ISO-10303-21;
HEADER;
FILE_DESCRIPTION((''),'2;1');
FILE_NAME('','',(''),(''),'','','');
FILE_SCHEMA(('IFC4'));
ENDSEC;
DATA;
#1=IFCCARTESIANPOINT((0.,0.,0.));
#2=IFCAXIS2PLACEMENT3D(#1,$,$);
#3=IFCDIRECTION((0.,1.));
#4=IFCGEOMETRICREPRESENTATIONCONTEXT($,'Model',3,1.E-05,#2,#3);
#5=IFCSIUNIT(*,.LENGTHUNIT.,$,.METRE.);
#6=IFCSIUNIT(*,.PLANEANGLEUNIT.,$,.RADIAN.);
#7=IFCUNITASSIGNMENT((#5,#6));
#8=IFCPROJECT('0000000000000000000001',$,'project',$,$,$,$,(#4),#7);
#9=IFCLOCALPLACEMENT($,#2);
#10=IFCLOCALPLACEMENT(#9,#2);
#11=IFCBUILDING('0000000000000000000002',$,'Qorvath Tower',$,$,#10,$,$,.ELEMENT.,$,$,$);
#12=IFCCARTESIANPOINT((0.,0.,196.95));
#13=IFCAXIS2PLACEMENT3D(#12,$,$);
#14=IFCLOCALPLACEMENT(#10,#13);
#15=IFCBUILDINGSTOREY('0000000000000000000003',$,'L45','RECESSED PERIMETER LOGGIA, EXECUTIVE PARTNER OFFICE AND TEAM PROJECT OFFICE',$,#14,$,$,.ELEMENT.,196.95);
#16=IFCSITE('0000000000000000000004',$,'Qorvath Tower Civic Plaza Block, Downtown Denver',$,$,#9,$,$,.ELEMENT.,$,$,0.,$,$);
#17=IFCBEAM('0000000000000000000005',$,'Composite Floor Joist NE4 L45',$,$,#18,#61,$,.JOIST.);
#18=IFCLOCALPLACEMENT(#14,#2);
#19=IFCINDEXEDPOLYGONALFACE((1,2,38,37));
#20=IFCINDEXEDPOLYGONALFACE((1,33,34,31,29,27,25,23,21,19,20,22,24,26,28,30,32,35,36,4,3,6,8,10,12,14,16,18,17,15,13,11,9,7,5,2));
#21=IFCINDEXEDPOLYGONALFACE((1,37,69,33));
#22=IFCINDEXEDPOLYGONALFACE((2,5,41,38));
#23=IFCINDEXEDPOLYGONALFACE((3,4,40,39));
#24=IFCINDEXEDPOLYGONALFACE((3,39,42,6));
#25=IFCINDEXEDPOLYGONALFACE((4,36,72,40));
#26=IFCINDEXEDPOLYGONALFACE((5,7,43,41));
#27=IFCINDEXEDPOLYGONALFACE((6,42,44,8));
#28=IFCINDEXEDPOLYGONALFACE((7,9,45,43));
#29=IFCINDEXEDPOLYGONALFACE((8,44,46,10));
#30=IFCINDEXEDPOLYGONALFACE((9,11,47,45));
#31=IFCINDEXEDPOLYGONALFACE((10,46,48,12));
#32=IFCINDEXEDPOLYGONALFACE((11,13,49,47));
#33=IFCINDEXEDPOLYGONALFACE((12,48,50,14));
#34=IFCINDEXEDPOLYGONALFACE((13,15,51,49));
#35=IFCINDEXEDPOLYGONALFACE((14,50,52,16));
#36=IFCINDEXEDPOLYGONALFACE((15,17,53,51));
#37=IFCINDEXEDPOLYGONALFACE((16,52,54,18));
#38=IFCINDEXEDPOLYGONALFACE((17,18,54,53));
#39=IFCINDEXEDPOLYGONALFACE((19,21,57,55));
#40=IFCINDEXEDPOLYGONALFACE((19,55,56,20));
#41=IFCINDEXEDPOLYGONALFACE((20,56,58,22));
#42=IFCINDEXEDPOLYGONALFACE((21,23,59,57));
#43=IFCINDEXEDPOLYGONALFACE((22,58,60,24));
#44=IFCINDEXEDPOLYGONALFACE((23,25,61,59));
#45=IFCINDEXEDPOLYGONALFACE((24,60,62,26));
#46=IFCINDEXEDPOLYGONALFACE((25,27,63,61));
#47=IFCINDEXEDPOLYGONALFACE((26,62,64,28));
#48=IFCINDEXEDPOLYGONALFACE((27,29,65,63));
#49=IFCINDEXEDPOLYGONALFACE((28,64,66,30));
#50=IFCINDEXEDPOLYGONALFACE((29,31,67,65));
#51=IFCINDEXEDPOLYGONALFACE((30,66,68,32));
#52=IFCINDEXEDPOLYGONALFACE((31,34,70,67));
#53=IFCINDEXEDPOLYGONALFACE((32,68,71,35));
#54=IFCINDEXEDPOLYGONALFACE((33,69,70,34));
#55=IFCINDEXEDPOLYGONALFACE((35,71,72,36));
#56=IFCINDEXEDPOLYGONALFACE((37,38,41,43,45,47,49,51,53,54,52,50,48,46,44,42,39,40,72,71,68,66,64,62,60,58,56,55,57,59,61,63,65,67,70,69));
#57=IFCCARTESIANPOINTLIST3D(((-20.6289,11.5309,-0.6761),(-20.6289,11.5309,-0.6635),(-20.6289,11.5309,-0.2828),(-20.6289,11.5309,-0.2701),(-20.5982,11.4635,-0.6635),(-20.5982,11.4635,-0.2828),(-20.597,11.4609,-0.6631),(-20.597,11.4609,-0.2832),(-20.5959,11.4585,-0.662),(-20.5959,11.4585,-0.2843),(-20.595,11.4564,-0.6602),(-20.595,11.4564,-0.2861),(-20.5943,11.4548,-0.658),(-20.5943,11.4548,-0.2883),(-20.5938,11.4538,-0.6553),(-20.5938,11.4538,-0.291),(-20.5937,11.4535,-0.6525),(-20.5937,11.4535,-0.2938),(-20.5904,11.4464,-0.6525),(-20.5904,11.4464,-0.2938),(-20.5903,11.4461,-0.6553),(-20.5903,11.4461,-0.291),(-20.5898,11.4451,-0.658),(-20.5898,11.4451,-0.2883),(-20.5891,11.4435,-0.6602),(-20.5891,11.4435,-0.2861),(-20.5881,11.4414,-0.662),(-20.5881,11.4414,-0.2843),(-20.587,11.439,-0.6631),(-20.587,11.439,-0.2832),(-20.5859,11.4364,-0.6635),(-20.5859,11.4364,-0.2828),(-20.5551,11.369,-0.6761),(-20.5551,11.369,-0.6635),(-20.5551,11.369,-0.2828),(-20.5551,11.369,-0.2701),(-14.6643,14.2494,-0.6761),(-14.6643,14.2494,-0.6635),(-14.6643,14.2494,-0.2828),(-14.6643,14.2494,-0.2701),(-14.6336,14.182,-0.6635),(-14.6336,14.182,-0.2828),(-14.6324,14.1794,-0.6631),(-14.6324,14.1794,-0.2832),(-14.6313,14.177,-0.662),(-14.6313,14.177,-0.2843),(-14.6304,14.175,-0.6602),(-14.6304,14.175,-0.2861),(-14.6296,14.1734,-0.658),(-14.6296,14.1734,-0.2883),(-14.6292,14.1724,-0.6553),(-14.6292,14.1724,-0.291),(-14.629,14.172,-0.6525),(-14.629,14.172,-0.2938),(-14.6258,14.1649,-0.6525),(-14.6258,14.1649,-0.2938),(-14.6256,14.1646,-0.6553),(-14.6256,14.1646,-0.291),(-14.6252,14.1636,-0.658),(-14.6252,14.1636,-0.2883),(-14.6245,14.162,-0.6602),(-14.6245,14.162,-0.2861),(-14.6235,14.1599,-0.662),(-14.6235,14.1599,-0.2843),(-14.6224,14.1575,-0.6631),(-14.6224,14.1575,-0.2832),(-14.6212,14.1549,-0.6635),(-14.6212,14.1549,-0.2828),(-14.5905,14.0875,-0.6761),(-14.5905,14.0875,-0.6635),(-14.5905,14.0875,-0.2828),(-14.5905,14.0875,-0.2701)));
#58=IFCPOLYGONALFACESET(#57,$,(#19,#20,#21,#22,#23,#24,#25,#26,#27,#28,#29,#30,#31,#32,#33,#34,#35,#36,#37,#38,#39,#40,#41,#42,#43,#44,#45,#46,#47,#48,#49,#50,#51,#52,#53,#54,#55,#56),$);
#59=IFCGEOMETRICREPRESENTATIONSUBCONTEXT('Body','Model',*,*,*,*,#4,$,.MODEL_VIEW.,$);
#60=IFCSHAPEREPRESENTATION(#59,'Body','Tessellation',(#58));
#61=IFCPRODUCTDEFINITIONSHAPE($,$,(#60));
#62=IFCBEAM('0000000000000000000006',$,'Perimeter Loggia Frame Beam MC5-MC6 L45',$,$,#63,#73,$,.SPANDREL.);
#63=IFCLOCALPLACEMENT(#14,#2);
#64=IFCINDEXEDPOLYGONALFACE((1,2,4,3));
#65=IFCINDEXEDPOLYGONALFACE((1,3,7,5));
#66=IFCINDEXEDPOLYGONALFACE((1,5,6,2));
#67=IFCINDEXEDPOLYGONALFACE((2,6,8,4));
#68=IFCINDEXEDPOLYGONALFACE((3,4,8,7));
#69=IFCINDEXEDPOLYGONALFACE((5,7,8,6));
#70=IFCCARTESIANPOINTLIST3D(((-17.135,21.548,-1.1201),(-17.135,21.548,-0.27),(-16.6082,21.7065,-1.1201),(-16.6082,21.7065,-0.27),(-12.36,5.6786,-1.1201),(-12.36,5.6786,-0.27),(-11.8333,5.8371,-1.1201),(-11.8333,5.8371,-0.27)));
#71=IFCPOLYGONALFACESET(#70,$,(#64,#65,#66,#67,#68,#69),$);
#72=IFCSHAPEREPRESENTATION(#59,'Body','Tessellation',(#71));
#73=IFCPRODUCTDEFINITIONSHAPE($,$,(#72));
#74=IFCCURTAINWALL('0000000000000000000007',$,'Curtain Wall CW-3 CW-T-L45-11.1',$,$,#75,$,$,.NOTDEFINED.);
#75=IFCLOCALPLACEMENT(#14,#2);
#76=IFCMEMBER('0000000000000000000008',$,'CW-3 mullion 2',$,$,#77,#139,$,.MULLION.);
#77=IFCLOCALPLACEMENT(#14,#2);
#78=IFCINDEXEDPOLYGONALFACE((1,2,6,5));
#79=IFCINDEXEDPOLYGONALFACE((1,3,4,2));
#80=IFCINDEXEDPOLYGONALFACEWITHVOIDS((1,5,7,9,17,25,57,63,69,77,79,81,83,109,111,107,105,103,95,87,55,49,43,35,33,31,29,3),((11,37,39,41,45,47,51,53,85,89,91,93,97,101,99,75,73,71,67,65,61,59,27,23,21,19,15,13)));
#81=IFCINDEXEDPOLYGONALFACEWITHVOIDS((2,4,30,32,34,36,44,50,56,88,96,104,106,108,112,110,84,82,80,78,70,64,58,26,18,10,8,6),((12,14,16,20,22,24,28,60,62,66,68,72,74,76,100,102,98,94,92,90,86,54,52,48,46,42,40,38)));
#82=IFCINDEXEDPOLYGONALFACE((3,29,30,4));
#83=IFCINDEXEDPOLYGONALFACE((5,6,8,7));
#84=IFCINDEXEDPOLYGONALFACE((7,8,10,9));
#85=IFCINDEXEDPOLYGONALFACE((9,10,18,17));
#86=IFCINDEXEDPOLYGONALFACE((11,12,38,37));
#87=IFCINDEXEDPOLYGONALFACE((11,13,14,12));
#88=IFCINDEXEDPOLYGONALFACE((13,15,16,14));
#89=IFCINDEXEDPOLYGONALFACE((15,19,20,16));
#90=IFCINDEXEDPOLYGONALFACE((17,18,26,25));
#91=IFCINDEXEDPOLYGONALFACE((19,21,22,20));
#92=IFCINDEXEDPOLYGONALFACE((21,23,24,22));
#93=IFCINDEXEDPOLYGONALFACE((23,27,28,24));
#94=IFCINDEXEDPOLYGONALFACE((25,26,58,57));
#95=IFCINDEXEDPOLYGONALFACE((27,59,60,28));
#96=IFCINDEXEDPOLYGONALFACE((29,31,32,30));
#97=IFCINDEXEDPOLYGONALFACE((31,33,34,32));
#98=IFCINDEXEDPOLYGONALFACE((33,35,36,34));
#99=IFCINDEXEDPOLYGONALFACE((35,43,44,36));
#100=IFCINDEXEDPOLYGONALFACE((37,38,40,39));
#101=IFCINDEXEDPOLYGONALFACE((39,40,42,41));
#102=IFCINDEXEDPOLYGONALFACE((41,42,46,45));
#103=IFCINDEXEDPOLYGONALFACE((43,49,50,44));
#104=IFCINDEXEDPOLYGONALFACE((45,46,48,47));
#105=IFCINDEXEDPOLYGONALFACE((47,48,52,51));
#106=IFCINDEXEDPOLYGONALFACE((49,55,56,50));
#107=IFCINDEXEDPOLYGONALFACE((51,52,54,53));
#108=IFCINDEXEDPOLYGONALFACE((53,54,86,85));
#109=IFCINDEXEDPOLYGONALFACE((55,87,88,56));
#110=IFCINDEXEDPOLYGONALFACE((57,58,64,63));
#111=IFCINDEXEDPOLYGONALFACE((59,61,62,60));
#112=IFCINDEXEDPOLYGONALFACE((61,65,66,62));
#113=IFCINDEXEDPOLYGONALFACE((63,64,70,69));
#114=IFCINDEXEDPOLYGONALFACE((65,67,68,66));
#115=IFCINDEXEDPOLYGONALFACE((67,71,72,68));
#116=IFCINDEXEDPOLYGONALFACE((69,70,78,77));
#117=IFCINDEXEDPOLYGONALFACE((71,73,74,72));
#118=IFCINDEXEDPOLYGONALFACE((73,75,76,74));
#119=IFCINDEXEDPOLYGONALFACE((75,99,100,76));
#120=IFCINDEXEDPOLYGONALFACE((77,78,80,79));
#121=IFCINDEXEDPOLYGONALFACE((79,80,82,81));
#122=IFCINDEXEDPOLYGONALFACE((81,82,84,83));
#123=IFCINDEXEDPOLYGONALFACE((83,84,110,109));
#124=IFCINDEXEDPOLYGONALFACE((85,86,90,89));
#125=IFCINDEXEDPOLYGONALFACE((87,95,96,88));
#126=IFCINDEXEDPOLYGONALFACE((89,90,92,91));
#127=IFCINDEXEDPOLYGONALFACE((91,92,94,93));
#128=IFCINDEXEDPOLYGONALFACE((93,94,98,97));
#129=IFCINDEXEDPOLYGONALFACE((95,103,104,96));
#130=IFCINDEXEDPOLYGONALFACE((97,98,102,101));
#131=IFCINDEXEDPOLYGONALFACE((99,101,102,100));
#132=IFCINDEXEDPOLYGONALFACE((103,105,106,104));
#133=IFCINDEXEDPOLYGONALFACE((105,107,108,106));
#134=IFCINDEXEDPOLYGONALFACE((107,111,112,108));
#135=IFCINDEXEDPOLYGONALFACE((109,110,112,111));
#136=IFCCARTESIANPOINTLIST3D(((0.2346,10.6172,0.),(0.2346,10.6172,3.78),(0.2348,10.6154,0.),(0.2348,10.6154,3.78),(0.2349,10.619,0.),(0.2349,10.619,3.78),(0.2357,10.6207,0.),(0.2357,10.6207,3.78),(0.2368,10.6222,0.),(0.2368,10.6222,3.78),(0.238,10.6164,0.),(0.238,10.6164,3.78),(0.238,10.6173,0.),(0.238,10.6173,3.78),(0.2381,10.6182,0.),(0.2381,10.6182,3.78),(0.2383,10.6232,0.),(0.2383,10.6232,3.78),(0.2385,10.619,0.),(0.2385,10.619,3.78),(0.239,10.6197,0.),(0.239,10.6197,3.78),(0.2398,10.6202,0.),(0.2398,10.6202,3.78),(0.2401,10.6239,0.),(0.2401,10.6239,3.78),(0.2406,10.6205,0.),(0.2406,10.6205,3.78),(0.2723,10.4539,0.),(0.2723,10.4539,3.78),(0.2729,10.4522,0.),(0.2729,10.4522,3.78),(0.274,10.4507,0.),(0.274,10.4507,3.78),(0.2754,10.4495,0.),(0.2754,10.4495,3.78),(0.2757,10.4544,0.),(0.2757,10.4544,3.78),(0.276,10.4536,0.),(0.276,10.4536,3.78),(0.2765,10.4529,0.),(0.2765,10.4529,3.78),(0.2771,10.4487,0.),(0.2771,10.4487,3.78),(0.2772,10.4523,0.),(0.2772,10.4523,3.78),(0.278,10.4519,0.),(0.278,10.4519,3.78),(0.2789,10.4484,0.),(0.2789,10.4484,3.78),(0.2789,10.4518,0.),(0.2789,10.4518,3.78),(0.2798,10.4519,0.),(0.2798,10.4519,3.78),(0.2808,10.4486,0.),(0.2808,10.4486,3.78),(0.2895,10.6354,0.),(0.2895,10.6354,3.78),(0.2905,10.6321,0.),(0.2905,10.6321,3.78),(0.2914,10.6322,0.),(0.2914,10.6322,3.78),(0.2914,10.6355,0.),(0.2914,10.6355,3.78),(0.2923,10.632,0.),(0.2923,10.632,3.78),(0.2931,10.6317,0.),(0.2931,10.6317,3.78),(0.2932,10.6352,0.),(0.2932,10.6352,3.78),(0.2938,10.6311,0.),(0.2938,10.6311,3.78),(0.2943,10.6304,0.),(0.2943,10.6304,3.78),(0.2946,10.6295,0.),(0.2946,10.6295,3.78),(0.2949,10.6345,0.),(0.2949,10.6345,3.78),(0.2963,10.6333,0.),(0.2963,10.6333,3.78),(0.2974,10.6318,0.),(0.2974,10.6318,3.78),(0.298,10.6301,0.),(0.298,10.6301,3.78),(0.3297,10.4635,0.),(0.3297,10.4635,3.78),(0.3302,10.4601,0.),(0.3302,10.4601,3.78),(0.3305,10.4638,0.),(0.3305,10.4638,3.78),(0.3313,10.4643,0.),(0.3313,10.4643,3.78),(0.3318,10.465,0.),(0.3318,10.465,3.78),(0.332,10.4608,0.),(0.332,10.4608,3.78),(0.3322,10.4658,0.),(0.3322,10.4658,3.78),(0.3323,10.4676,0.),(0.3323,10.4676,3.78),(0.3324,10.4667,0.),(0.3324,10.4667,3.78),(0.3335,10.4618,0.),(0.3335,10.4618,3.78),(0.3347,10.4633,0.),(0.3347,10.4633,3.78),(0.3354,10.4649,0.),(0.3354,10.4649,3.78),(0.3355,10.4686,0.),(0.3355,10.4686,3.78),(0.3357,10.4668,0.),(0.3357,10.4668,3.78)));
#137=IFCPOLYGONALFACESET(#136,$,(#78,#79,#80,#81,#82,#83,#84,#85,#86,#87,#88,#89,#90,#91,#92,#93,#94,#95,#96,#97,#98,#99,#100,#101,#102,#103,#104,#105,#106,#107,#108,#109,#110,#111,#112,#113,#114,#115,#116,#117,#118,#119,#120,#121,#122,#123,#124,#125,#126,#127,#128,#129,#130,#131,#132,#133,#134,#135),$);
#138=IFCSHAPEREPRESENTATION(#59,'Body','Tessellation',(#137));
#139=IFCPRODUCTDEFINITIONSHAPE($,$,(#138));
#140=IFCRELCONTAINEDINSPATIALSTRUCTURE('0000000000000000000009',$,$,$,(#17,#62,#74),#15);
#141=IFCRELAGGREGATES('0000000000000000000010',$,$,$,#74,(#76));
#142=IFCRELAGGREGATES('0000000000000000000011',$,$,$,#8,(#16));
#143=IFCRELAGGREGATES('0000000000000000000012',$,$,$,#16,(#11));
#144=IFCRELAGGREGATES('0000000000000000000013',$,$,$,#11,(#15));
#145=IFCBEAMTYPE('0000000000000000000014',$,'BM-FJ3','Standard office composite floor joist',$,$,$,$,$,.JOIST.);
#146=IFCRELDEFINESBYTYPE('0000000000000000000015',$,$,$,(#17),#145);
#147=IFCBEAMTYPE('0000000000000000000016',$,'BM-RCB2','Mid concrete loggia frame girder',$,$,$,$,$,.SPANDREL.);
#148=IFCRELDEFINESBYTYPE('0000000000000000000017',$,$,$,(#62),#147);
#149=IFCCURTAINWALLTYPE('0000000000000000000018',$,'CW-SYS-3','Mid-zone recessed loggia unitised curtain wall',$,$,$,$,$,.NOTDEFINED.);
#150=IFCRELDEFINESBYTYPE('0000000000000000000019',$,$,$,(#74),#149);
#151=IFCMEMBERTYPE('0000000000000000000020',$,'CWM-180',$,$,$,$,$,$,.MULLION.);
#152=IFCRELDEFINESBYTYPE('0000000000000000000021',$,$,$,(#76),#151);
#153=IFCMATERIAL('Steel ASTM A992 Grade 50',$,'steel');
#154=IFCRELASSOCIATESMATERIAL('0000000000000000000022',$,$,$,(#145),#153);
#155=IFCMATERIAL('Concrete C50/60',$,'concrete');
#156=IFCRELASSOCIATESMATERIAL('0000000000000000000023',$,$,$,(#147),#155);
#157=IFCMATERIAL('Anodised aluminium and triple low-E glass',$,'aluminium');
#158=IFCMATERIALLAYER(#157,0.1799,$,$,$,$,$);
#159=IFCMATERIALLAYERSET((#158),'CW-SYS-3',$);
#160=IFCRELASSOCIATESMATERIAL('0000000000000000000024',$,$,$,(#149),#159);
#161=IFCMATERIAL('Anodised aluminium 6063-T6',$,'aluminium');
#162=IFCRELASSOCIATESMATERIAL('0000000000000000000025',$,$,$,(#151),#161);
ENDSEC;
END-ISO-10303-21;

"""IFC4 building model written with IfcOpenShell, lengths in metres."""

from ifc_helpers import new_model, si_unit, direction, frame, origin, origin_2d, place, context, subcontext, project, spatial, rectangle, hollow_rectangle, i_section, extrude, material, layer, layer_set, material_profile, profile_set, type_object, element, aggregate, save


model = new_model("IFC4")

# Units and contexts
model_context = context("Model", 3, precision=1e-05, world=origin(), true_north=direction((0.0, 1.0)))
body_context = subcontext(model_context, "Body", "Model", "MODEL_VIEW")
ifc_project = project(units=[si_unit("LENGTHUNIT", "METRE"), si_unit("PLANEANGLEUNIT", "RADIAN")], contexts=[model_context])

# Site, building, storey
site_placement = place(None, origin())
site = spatial("IfcSite", under=ifc_project, at=site_placement, Name="Qorvath Tower Civic Plaza Block, Downtown Denver", CompositionType="ELEMENT", RefElevation=0.0)
building_placement = place(site_placement, origin())
building = spatial("IfcBuilding", under=site, at=building_placement, Name="Qorvath Tower", CompositionType="ELEMENT")
storey_placement = place(building_placement, frame((0.0, 0.0, 196.95)))
storey = spatial("IfcBuildingStorey", under=building, at=storey_placement, Name="L45", Description="RECESSED PERIMETER LOGGIA, EXECUTIVE PARTNER OFFICE AND TEAM PROJECT OFFICE", CompositionType="ELEMENT", Elevation=196.95)

# Beams
ifc_material_1 = material(Name="Steel ASTM A992 Grade 50", Category="steel")
ifc_material_profile_1 = material_profile(ifc_material_1, i_section(OverallWidth=0.178, OverallDepth=0.406, WebThickness=0.0078, FlangeThickness=0.0127, FilletRadius=0.011, at=origin_2d()), Name="W16x40")
ifc_profile_set_1 = profile_set([ifc_material_profile_1], Name="Steel ASTM A992 Grade 50")
beam_type_1 = type_object("IfcBeamType", Name="BM-FJ3", Description="Standard office composite floor joist", PredefinedType="JOIST", material=ifc_profile_set_1)
beam_1_placement = place(storey_placement, frame((-20.592, 11.45, -0.4731), z_axis=(0.909945, 0.414729, 0.0), x_axis=(-0.414729, 0.909945, 0.0)))
element("IfcBeam", 1, at=beam_1_placement, inside=storey, type_object=beam_type_1, Name="Composite Floor Joist NE4 L45", PredefinedType="JOIST", context=body_context, shape_type="SweptSolid", body=[
    extrude(i_section(OverallWidth=0.178, OverallDepth=0.406, WebThickness=0.0078, FlangeThickness=0.0127, FilletRadius=0.011, at=origin_2d()), origin(), (0.0, 0.0, 1.0), 6.5549),
])
ifc_material_2 = material(Name="Concrete C50/60", Category="concrete")
ifc_material_profile_2 = material_profile(ifc_material_2, rectangle(XDim=0.55, YDim=0.8501, at=origin_2d()), Name="RCB 850x550")
ifc_profile_set_2 = profile_set([ifc_material_profile_2], Name="Concrete C50/60")
beam_type_2 = type_object("IfcBeamType", Name="BM-RCB2", Description="Mid concrete loggia frame girder", PredefinedType="SPANDREL", material=ifc_profile_set_2)
beam_2_placement = place(storey_placement, frame((-12.0967, 5.7578, -0.6951), z_axis=(-0.288128, 0.957592, 0.0), x_axis=(-0.957592, -0.288128, 0.0)))
element("IfcBeam", 2, at=beam_2_placement, inside=storey, type_object=beam_type_2, Name="Perimeter Loggia Frame Beam MC5-MC6 L45", PredefinedType="SPANDREL", context=body_context, shape_type="SweptSolid", body=[
    extrude(rectangle(XDim=0.55, YDim=0.8501, at=origin_2d()), origin(), (0.0, 0.0, 1.0), 16.5723),
])

# Curtain wall, member
ifc_material_3 = material(Name="Anodised aluminium and triple low-E glass", Category="aluminium")
ifc_layer_1 = layer(ifc_material_3, 0.1799)
ifc_layer_set_1 = layer_set([ifc_layer_1], Name="CW-SYS-3")
curtain_wall_type = type_object("IfcCurtainWallType", Name="CW-SYS-3", Description="Mid-zone recessed loggia unitised curtain wall", PredefinedType="NOTDEFINED", material=ifc_layer_set_1)
curtain_wall_1_placement = place(storey_placement, origin())
curtain_wall_1 = element("IfcCurtainWall", 3, at=curtain_wall_1_placement, inside=storey, type_object=curtain_wall_type, Name="Curtain Wall CW-3 CW-T-L45-11.1", PredefinedType="NOTDEFINED")
ifc_material_4 = material(Name="Anodised aluminium 6063-T6", Category="aluminium")
ifc_material_profile_3 = material_profile(ifc_material_4, hollow_rectangle(XDim=0.0649, YDim=0.1799, WallThickness=0.0034, InnerFilletRadius=0.0034, OuterFilletRadius=0.0071, at=origin_2d()), Name="CWM 180x65")
ifc_profile_set_3 = profile_set([ifc_material_profile_3], Name="Anodised aluminium 6063-T6")
member_type_1 = type_object("IfcMemberType", Name="CWM-180", PredefinedType="MULLION", material=ifc_profile_set_3)
member_1_placement = place(storey_placement, frame((0.2852, 10.542, 0.0), z_axis=(0.0, 0.0, 1.0), x_axis=(-0.974064, -0.226272, 0.0)))
member_1 = element("IfcMember", 4, at=member_1_placement, type_object=member_type_1, Name="CW-3 mullion 2", PredefinedType="MULLION", context=body_context, shape_type="SweptSolid", body=[
    extrude(hollow_rectangle(XDim=0.0649, YDim=0.1799, WallThickness=0.0034, InnerFilletRadius=0.0034, OuterFilletRadius=0.0071, at=origin_2d()), origin(), (0.0, 0.0, 1.0), 3.78),
])

aggregate(curtain_wall_1, [member_1])

save(model, "model.ifc")
